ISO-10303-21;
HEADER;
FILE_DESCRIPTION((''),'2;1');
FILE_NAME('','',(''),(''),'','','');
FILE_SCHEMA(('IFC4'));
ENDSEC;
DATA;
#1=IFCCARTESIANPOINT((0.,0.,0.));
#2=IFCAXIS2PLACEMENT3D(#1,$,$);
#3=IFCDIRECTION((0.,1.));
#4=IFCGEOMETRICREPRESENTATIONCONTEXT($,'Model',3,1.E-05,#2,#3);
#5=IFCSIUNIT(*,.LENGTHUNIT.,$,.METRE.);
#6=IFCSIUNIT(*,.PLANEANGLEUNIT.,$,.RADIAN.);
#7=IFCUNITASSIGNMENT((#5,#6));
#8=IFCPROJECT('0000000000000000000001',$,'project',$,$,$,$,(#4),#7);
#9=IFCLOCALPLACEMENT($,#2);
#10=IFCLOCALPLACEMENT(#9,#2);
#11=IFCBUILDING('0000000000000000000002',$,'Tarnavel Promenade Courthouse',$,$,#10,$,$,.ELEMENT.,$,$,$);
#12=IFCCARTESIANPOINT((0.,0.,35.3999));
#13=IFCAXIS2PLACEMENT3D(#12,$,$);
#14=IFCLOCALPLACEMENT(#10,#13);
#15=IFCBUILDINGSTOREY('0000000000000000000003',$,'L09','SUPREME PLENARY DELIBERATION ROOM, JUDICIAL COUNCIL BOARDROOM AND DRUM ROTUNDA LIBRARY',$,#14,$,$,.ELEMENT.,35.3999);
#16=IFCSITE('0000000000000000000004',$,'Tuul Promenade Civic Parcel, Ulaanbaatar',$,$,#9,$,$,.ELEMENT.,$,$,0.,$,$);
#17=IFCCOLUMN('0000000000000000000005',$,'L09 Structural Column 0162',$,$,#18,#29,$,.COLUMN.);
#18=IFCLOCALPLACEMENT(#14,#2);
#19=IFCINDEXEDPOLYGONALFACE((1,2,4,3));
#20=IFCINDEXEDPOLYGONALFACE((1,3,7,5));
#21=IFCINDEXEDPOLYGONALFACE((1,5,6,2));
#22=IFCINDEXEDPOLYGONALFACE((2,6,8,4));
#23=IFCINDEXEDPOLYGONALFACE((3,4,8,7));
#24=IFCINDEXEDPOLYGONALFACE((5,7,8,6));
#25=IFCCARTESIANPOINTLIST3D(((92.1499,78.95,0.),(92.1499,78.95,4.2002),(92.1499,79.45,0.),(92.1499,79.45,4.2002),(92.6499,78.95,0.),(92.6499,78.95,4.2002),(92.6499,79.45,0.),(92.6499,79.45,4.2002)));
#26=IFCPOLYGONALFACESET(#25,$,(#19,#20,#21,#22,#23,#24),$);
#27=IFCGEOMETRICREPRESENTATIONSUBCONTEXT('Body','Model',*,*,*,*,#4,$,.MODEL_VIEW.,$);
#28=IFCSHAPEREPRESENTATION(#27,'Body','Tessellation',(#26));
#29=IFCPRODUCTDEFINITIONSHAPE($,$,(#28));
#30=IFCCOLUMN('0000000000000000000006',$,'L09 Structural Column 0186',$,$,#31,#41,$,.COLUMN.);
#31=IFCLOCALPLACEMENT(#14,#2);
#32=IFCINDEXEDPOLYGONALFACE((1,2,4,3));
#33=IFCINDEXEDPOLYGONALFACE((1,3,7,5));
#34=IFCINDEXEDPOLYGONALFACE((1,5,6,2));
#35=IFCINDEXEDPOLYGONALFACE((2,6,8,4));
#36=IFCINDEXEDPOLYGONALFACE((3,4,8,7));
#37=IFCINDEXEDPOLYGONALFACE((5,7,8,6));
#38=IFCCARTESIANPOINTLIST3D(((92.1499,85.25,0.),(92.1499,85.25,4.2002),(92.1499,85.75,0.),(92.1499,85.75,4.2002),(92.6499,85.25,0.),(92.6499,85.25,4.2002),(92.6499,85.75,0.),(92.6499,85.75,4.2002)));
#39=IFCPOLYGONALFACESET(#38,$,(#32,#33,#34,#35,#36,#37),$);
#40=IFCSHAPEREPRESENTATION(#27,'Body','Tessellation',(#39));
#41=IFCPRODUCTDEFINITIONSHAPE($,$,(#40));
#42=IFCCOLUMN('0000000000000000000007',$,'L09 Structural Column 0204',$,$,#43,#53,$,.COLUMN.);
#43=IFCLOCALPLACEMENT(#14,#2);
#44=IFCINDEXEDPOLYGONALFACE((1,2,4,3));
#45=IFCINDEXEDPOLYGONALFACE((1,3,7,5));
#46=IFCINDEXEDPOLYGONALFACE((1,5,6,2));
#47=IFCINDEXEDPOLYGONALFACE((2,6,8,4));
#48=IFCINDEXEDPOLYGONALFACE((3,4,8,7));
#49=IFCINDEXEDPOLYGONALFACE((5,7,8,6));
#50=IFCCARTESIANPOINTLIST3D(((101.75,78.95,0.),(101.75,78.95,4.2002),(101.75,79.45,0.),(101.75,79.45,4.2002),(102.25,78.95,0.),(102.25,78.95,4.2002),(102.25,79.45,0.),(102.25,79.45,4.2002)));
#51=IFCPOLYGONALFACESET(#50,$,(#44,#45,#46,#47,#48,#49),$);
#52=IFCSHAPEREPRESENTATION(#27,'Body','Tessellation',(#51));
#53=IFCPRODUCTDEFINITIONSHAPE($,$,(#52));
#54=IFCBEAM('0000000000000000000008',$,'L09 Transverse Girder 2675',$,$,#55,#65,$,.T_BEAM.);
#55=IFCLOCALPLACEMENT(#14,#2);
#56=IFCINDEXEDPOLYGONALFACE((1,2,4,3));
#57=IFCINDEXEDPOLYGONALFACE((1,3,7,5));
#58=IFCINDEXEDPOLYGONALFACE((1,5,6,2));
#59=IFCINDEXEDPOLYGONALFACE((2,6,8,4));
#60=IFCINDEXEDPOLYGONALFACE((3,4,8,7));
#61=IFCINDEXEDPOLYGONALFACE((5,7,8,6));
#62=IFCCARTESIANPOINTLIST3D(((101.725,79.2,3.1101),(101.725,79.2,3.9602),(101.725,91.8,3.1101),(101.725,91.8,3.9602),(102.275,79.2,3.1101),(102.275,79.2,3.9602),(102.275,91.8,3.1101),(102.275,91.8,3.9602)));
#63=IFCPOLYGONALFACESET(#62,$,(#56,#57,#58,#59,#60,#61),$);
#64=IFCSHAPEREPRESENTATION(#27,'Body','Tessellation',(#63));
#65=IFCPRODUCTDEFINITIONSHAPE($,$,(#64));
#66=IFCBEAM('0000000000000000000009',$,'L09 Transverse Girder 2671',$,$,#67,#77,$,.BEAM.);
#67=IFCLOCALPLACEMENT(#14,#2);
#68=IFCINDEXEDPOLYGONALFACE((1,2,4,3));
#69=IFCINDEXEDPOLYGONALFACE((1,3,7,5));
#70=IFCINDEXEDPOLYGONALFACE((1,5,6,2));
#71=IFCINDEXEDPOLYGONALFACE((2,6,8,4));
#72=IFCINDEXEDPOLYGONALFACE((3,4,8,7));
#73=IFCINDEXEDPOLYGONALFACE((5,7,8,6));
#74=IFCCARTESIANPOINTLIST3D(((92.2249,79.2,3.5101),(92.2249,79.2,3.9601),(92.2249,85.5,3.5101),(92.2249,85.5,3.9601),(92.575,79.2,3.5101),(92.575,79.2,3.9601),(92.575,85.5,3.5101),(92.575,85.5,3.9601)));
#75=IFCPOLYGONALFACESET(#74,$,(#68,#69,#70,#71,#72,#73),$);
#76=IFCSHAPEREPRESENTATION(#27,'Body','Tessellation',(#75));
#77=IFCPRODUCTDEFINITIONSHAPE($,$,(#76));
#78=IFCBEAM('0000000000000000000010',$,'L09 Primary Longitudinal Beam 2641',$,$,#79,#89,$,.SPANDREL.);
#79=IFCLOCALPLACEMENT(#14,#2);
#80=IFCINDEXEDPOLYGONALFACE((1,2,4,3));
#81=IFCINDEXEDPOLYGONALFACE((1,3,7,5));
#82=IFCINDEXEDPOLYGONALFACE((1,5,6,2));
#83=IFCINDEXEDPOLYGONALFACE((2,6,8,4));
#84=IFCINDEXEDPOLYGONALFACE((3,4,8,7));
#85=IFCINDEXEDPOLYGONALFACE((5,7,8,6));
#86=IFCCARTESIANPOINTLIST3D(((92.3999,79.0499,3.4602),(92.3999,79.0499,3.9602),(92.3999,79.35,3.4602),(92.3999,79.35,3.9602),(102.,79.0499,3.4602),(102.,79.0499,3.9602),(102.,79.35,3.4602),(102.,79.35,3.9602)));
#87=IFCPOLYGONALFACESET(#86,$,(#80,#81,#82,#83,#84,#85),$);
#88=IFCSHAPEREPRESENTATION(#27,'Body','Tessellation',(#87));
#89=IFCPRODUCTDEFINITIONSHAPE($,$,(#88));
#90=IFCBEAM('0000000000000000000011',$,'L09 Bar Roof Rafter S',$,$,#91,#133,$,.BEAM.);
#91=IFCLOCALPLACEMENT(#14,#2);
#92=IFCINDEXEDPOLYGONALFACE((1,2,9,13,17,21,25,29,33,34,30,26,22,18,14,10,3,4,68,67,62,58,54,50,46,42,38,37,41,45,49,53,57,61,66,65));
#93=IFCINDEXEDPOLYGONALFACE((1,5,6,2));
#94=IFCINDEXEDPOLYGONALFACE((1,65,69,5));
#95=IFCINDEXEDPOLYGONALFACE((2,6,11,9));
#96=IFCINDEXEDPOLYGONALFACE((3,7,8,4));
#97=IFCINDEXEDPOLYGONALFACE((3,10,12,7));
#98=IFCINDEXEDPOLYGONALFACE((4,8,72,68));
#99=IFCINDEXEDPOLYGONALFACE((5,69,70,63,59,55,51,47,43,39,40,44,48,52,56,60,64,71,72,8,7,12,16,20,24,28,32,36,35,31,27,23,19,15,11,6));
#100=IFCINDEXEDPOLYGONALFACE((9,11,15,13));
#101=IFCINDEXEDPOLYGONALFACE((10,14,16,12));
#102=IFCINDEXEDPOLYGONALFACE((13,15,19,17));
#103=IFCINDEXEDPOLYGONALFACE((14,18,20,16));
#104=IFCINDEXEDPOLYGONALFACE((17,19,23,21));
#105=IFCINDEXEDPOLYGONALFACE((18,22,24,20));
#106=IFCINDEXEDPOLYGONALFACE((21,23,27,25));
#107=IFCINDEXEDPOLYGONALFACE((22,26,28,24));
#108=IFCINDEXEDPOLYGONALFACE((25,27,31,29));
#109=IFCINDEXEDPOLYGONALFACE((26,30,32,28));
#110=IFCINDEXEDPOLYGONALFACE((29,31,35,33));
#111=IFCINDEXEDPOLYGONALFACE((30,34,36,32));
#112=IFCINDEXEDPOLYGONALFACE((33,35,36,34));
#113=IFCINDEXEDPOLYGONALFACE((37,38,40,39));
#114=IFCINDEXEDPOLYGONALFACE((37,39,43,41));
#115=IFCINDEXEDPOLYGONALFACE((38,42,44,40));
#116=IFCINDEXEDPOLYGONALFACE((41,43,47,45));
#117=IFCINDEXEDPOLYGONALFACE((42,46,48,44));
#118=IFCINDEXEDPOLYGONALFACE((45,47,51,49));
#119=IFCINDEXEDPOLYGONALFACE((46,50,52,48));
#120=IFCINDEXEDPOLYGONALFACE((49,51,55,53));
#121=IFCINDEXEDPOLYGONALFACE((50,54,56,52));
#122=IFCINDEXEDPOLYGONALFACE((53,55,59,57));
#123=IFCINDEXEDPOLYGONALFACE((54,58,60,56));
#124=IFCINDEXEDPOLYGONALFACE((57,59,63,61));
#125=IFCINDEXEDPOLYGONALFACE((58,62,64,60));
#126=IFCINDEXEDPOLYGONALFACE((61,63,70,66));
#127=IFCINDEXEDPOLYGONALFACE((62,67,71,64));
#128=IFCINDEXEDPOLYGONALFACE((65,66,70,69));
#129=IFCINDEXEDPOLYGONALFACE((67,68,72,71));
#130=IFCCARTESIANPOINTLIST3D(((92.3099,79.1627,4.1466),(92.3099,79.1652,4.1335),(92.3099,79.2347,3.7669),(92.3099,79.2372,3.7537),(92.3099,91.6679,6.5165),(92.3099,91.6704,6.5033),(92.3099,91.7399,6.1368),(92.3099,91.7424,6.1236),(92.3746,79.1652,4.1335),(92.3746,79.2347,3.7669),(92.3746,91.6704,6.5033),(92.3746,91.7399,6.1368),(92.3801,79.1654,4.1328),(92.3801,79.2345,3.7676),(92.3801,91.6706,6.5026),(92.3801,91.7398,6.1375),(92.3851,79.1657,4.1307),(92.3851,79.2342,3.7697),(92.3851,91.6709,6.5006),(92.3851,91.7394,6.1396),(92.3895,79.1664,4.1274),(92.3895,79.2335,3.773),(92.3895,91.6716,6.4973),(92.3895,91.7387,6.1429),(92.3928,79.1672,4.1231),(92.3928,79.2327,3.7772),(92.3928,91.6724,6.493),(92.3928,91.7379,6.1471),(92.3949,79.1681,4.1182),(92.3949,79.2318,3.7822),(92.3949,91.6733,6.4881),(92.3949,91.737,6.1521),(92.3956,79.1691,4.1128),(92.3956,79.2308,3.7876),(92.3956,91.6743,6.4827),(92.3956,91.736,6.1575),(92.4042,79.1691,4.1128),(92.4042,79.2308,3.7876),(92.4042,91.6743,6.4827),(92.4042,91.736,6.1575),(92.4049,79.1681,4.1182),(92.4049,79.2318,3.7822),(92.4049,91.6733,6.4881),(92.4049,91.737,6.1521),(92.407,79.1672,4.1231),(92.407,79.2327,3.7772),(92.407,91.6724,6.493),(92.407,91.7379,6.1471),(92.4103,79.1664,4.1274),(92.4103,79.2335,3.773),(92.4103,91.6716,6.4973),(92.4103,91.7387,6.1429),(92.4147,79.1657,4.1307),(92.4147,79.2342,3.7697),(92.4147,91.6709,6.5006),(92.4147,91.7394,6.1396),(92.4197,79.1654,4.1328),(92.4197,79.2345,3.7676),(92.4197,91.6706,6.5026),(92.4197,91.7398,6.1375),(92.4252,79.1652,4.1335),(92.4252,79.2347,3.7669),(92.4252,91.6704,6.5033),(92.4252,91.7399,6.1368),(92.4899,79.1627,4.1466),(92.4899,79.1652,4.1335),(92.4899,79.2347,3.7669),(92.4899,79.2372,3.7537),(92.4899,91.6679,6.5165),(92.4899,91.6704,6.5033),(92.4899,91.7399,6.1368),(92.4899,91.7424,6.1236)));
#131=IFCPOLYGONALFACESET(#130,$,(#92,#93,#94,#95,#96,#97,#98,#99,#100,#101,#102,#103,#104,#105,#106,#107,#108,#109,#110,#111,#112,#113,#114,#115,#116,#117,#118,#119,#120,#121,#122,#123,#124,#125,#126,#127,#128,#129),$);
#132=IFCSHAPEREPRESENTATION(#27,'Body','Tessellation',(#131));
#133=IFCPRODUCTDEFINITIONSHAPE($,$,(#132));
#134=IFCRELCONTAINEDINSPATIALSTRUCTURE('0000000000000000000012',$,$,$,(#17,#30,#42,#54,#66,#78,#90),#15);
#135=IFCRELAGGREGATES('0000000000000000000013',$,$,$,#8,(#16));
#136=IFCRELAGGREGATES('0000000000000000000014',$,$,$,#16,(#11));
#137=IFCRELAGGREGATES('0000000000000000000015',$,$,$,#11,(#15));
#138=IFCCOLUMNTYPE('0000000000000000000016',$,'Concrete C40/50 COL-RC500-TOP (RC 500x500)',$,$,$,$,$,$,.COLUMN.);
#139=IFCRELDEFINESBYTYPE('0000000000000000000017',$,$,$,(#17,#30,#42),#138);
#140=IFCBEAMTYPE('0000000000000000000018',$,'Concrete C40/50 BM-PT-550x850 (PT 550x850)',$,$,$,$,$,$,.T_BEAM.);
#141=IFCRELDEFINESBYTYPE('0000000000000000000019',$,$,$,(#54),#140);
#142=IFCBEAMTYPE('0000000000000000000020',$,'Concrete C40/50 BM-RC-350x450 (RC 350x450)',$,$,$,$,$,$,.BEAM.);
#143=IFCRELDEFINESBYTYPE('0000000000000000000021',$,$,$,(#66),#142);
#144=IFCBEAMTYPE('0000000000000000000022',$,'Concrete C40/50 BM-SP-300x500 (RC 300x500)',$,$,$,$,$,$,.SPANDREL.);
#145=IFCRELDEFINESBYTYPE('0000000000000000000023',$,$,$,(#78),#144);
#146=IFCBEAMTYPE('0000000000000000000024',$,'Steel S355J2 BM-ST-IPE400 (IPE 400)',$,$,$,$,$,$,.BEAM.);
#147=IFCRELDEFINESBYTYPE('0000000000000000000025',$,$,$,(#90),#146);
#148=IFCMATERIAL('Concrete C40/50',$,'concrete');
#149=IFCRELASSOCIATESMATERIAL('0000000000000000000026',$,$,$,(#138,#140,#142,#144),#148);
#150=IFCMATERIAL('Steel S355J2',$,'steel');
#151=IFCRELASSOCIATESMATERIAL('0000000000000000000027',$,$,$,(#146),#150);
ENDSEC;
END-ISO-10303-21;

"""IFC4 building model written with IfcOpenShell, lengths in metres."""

from ifc_helpers import new_model, si_unit, direction, frame, origin, origin_2d, place, context, subcontext, project, spatial, rectangle, i_section, extrude, material, material_profile, profile_set, type_object, element, save


model = new_model("IFC4")

# Units and contexts
model_context = context("Model", 3, precision=1e-05, world=origin(), true_north=direction((0.0, 1.0)))
body_context = subcontext(model_context, "Body", "Model", "MODEL_VIEW")
ifc_project = project(units=[si_unit("LENGTHUNIT", "METRE"), si_unit("PLANEANGLEUNIT", "RADIAN")], contexts=[model_context])

# Site, building, storey
site_placement = place(None, origin())
site = spatial("IfcSite", under=ifc_project, at=site_placement, Name="Tuul Promenade Civic Parcel, Ulaanbaatar", CompositionType="ELEMENT", RefElevation=0.0)
building_placement = place(site_placement, origin())
building = spatial("IfcBuilding", under=site, at=building_placement, Name="Tarnavel Promenade Courthouse", CompositionType="ELEMENT")
storey_placement = place(building_placement, frame((0.0, 0.0, 35.3999)))
storey = spatial("IfcBuildingStorey", under=building, at=storey_placement, Name="L09", Description="SUPREME PLENARY DELIBERATION ROOM, JUDICIAL COUNCIL BOARDROOM AND DRUM ROTUNDA LIBRARY", CompositionType="ELEMENT", Elevation=35.3999)

# Columns
ifc_material_1 = material(Name="Concrete C40/50", Category="concrete")
ifc_material_profile_1 = material_profile(ifc_material_1, rectangle(XDim=0.5, YDim=0.5, at=origin_2d()), Name="RC 500x500")
ifc_profile_set_1 = profile_set([ifc_material_profile_1], Name="Concrete C40/50")
column_type = type_object("IfcColumnType", Name="Concrete C40/50 COL-RC500-TOP (RC 500x500)", PredefinedType="COLUMN", material=ifc_profile_set_1)
for number, where, z_axis, x_axis, name in (
    (1, (92.3999, 79.2, 0.0), (0.0, 0.0, 1.0), (1.0, 0.0, 0.0), "L09 Structural Column 0162"),
    (2, (92.3999, 85.5, 0.0), (0.0, 0.0, 1.0), (1.0, 0.0, 0.0), "L09 Structural Column 0186"),
    (3, (102.0, 79.2, 0.0), (0.0, 0.0, 1.0), (1.0, 0.0, 0.0), "L09 Structural Column 0204"),
):
    element("IfcColumn", number, at=place(storey_placement, frame(where, z_axis=z_axis, x_axis=x_axis)), inside=storey, type_object=column_type, Name=name, PredefinedType="COLUMN", context=body_context, shape_type="SweptSolid", body=[
        extrude(rectangle(XDim=0.5, YDim=0.5, at=origin_2d()), origin(), (0.0, 0.0, 1.0), 4.2002),
    ])

# Beams
ifc_material_profile_2 = material_profile(ifc_material_1, rectangle(XDim=0.55, YDim=0.8501, at=origin_2d()), Name="PT 550x850")
ifc_profile_set_2 = profile_set([ifc_material_profile_2], Name="Concrete C40/50")
beam_type_1 = type_object("IfcBeamType", Name="Concrete C40/50 BM-PT-550x850 (PT 550x850)", PredefinedType="T_BEAM", material=ifc_profile_set_2)
beam_1_placement = place(storey_placement, frame((102.0, 79.2, 3.5352), z_axis=(0.0, 1.0, 0.0), x_axis=(-1.0, 0.0, 0.0)))
element("IfcBeam", 4, at=beam_1_placement, inside=storey, type_object=beam_type_1, Name="L09 Transverse Girder 2675", PredefinedType="T_BEAM", context=body_context, shape_type="SweptSolid", body=[
    extrude(rectangle(XDim=0.55, YDim=0.8501, at=origin_2d()), origin(), (0.0, 0.0, 1.0), 12.6001),
])
ifc_material_profile_3 = material_profile(ifc_material_1, rectangle(XDim=0.3501, YDim=0.45, at=origin_2d()), Name="RC 350x450")
ifc_profile_set_3 = profile_set([ifc_material_profile_3], Name="Concrete C40/50")
beam_type_2 = type_object("IfcBeamType", Name="Concrete C40/50 BM-RC-350x450 (RC 350x450)", PredefinedType="BEAM", material=ifc_profile_set_3)
beam_2_placement = place(storey_placement, frame((92.3999, 79.2, 3.7351), z_axis=(0.0, 1.0, 0.0), x_axis=(-1.0, 0.0, 0.0)))
element("IfcBeam", 5, at=beam_2_placement, inside=storey, type_object=beam_type_2, Name="L09 Transverse Girder 2671", PredefinedType="BEAM", context=body_context, shape_type="SweptSolid", body=[
    extrude(rectangle(XDim=0.3501, YDim=0.45, at=origin_2d()), origin(), (0.0, 0.0, 1.0), 6.3),
])
ifc_material_profile_4 = material_profile(ifc_material_1, rectangle(XDim=0.3, YDim=0.5, at=origin_2d()), Name="RC 300x500")
ifc_profile_set_4 = profile_set([ifc_material_profile_4], Name="Concrete C40/50")
beam_type_3 = type_object("IfcBeamType", Name="Concrete C40/50 BM-SP-300x500 (RC 300x500)", PredefinedType="SPANDREL", material=ifc_profile_set_4)
beam_3_placement = place(storey_placement, frame((92.3999, 79.2, 3.7102), z_axis=(1.0, 0.0, 0.0), x_axis=(0.0, 1.0, 0.0)))
element("IfcBeam", 6, at=beam_3_placement, inside=storey, type_object=beam_type_3, Name="L09 Primary Longitudinal Beam 2641", PredefinedType="SPANDREL", context=body_context, shape_type="SweptSolid", body=[
    extrude(rectangle(XDim=0.3, YDim=0.5, at=origin_2d()), origin(), (0.0, 0.0, 1.0), 9.6001),
])
ifc_material_2 = material(Name="Steel S355J2", Category="steel")
ifc_material_profile_5 = material_profile(ifc_material_2, i_section(OverallWidth=0.1799, OverallDepth=0.3999, WebThickness=0.0085, FlangeThickness=0.0134, FilletRadius=0.021, at=origin_2d()), Name="IPE 400")
ifc_profile_set_5 = profile_set([ifc_material_profile_5], Name="Steel S355J2")
beam_type_4 = type_object("IfcBeamType", Name="Steel S355J2 BM-ST-IPE400 (IPE 400)", PredefinedType="BEAM", material=ifc_profile_set_5)
beam_4_placement = place(storey_placement, frame((92.3999, 79.2, 3.9502), z_axis=(0.0, 0.982512, 0.186198), x_axis=(-1.0, 0.0, 0.0)))
element("IfcBeam", 7, at=beam_4_placement, inside=storey, type_object=beam_type_4, Name="L09 Bar Roof Rafter S", PredefinedType="BEAM", context=body_context, shape_type="SweptSolid", body=[
    extrude(i_section(OverallWidth=0.1799, OverallDepth=0.3999, WebThickness=0.0085, FlangeThickness=0.0134, FilletRadius=0.021, at=origin_2d()), origin(), (0.0, 0.0, 1.0), 12.7278),
])

save(model, "model.ifc")
